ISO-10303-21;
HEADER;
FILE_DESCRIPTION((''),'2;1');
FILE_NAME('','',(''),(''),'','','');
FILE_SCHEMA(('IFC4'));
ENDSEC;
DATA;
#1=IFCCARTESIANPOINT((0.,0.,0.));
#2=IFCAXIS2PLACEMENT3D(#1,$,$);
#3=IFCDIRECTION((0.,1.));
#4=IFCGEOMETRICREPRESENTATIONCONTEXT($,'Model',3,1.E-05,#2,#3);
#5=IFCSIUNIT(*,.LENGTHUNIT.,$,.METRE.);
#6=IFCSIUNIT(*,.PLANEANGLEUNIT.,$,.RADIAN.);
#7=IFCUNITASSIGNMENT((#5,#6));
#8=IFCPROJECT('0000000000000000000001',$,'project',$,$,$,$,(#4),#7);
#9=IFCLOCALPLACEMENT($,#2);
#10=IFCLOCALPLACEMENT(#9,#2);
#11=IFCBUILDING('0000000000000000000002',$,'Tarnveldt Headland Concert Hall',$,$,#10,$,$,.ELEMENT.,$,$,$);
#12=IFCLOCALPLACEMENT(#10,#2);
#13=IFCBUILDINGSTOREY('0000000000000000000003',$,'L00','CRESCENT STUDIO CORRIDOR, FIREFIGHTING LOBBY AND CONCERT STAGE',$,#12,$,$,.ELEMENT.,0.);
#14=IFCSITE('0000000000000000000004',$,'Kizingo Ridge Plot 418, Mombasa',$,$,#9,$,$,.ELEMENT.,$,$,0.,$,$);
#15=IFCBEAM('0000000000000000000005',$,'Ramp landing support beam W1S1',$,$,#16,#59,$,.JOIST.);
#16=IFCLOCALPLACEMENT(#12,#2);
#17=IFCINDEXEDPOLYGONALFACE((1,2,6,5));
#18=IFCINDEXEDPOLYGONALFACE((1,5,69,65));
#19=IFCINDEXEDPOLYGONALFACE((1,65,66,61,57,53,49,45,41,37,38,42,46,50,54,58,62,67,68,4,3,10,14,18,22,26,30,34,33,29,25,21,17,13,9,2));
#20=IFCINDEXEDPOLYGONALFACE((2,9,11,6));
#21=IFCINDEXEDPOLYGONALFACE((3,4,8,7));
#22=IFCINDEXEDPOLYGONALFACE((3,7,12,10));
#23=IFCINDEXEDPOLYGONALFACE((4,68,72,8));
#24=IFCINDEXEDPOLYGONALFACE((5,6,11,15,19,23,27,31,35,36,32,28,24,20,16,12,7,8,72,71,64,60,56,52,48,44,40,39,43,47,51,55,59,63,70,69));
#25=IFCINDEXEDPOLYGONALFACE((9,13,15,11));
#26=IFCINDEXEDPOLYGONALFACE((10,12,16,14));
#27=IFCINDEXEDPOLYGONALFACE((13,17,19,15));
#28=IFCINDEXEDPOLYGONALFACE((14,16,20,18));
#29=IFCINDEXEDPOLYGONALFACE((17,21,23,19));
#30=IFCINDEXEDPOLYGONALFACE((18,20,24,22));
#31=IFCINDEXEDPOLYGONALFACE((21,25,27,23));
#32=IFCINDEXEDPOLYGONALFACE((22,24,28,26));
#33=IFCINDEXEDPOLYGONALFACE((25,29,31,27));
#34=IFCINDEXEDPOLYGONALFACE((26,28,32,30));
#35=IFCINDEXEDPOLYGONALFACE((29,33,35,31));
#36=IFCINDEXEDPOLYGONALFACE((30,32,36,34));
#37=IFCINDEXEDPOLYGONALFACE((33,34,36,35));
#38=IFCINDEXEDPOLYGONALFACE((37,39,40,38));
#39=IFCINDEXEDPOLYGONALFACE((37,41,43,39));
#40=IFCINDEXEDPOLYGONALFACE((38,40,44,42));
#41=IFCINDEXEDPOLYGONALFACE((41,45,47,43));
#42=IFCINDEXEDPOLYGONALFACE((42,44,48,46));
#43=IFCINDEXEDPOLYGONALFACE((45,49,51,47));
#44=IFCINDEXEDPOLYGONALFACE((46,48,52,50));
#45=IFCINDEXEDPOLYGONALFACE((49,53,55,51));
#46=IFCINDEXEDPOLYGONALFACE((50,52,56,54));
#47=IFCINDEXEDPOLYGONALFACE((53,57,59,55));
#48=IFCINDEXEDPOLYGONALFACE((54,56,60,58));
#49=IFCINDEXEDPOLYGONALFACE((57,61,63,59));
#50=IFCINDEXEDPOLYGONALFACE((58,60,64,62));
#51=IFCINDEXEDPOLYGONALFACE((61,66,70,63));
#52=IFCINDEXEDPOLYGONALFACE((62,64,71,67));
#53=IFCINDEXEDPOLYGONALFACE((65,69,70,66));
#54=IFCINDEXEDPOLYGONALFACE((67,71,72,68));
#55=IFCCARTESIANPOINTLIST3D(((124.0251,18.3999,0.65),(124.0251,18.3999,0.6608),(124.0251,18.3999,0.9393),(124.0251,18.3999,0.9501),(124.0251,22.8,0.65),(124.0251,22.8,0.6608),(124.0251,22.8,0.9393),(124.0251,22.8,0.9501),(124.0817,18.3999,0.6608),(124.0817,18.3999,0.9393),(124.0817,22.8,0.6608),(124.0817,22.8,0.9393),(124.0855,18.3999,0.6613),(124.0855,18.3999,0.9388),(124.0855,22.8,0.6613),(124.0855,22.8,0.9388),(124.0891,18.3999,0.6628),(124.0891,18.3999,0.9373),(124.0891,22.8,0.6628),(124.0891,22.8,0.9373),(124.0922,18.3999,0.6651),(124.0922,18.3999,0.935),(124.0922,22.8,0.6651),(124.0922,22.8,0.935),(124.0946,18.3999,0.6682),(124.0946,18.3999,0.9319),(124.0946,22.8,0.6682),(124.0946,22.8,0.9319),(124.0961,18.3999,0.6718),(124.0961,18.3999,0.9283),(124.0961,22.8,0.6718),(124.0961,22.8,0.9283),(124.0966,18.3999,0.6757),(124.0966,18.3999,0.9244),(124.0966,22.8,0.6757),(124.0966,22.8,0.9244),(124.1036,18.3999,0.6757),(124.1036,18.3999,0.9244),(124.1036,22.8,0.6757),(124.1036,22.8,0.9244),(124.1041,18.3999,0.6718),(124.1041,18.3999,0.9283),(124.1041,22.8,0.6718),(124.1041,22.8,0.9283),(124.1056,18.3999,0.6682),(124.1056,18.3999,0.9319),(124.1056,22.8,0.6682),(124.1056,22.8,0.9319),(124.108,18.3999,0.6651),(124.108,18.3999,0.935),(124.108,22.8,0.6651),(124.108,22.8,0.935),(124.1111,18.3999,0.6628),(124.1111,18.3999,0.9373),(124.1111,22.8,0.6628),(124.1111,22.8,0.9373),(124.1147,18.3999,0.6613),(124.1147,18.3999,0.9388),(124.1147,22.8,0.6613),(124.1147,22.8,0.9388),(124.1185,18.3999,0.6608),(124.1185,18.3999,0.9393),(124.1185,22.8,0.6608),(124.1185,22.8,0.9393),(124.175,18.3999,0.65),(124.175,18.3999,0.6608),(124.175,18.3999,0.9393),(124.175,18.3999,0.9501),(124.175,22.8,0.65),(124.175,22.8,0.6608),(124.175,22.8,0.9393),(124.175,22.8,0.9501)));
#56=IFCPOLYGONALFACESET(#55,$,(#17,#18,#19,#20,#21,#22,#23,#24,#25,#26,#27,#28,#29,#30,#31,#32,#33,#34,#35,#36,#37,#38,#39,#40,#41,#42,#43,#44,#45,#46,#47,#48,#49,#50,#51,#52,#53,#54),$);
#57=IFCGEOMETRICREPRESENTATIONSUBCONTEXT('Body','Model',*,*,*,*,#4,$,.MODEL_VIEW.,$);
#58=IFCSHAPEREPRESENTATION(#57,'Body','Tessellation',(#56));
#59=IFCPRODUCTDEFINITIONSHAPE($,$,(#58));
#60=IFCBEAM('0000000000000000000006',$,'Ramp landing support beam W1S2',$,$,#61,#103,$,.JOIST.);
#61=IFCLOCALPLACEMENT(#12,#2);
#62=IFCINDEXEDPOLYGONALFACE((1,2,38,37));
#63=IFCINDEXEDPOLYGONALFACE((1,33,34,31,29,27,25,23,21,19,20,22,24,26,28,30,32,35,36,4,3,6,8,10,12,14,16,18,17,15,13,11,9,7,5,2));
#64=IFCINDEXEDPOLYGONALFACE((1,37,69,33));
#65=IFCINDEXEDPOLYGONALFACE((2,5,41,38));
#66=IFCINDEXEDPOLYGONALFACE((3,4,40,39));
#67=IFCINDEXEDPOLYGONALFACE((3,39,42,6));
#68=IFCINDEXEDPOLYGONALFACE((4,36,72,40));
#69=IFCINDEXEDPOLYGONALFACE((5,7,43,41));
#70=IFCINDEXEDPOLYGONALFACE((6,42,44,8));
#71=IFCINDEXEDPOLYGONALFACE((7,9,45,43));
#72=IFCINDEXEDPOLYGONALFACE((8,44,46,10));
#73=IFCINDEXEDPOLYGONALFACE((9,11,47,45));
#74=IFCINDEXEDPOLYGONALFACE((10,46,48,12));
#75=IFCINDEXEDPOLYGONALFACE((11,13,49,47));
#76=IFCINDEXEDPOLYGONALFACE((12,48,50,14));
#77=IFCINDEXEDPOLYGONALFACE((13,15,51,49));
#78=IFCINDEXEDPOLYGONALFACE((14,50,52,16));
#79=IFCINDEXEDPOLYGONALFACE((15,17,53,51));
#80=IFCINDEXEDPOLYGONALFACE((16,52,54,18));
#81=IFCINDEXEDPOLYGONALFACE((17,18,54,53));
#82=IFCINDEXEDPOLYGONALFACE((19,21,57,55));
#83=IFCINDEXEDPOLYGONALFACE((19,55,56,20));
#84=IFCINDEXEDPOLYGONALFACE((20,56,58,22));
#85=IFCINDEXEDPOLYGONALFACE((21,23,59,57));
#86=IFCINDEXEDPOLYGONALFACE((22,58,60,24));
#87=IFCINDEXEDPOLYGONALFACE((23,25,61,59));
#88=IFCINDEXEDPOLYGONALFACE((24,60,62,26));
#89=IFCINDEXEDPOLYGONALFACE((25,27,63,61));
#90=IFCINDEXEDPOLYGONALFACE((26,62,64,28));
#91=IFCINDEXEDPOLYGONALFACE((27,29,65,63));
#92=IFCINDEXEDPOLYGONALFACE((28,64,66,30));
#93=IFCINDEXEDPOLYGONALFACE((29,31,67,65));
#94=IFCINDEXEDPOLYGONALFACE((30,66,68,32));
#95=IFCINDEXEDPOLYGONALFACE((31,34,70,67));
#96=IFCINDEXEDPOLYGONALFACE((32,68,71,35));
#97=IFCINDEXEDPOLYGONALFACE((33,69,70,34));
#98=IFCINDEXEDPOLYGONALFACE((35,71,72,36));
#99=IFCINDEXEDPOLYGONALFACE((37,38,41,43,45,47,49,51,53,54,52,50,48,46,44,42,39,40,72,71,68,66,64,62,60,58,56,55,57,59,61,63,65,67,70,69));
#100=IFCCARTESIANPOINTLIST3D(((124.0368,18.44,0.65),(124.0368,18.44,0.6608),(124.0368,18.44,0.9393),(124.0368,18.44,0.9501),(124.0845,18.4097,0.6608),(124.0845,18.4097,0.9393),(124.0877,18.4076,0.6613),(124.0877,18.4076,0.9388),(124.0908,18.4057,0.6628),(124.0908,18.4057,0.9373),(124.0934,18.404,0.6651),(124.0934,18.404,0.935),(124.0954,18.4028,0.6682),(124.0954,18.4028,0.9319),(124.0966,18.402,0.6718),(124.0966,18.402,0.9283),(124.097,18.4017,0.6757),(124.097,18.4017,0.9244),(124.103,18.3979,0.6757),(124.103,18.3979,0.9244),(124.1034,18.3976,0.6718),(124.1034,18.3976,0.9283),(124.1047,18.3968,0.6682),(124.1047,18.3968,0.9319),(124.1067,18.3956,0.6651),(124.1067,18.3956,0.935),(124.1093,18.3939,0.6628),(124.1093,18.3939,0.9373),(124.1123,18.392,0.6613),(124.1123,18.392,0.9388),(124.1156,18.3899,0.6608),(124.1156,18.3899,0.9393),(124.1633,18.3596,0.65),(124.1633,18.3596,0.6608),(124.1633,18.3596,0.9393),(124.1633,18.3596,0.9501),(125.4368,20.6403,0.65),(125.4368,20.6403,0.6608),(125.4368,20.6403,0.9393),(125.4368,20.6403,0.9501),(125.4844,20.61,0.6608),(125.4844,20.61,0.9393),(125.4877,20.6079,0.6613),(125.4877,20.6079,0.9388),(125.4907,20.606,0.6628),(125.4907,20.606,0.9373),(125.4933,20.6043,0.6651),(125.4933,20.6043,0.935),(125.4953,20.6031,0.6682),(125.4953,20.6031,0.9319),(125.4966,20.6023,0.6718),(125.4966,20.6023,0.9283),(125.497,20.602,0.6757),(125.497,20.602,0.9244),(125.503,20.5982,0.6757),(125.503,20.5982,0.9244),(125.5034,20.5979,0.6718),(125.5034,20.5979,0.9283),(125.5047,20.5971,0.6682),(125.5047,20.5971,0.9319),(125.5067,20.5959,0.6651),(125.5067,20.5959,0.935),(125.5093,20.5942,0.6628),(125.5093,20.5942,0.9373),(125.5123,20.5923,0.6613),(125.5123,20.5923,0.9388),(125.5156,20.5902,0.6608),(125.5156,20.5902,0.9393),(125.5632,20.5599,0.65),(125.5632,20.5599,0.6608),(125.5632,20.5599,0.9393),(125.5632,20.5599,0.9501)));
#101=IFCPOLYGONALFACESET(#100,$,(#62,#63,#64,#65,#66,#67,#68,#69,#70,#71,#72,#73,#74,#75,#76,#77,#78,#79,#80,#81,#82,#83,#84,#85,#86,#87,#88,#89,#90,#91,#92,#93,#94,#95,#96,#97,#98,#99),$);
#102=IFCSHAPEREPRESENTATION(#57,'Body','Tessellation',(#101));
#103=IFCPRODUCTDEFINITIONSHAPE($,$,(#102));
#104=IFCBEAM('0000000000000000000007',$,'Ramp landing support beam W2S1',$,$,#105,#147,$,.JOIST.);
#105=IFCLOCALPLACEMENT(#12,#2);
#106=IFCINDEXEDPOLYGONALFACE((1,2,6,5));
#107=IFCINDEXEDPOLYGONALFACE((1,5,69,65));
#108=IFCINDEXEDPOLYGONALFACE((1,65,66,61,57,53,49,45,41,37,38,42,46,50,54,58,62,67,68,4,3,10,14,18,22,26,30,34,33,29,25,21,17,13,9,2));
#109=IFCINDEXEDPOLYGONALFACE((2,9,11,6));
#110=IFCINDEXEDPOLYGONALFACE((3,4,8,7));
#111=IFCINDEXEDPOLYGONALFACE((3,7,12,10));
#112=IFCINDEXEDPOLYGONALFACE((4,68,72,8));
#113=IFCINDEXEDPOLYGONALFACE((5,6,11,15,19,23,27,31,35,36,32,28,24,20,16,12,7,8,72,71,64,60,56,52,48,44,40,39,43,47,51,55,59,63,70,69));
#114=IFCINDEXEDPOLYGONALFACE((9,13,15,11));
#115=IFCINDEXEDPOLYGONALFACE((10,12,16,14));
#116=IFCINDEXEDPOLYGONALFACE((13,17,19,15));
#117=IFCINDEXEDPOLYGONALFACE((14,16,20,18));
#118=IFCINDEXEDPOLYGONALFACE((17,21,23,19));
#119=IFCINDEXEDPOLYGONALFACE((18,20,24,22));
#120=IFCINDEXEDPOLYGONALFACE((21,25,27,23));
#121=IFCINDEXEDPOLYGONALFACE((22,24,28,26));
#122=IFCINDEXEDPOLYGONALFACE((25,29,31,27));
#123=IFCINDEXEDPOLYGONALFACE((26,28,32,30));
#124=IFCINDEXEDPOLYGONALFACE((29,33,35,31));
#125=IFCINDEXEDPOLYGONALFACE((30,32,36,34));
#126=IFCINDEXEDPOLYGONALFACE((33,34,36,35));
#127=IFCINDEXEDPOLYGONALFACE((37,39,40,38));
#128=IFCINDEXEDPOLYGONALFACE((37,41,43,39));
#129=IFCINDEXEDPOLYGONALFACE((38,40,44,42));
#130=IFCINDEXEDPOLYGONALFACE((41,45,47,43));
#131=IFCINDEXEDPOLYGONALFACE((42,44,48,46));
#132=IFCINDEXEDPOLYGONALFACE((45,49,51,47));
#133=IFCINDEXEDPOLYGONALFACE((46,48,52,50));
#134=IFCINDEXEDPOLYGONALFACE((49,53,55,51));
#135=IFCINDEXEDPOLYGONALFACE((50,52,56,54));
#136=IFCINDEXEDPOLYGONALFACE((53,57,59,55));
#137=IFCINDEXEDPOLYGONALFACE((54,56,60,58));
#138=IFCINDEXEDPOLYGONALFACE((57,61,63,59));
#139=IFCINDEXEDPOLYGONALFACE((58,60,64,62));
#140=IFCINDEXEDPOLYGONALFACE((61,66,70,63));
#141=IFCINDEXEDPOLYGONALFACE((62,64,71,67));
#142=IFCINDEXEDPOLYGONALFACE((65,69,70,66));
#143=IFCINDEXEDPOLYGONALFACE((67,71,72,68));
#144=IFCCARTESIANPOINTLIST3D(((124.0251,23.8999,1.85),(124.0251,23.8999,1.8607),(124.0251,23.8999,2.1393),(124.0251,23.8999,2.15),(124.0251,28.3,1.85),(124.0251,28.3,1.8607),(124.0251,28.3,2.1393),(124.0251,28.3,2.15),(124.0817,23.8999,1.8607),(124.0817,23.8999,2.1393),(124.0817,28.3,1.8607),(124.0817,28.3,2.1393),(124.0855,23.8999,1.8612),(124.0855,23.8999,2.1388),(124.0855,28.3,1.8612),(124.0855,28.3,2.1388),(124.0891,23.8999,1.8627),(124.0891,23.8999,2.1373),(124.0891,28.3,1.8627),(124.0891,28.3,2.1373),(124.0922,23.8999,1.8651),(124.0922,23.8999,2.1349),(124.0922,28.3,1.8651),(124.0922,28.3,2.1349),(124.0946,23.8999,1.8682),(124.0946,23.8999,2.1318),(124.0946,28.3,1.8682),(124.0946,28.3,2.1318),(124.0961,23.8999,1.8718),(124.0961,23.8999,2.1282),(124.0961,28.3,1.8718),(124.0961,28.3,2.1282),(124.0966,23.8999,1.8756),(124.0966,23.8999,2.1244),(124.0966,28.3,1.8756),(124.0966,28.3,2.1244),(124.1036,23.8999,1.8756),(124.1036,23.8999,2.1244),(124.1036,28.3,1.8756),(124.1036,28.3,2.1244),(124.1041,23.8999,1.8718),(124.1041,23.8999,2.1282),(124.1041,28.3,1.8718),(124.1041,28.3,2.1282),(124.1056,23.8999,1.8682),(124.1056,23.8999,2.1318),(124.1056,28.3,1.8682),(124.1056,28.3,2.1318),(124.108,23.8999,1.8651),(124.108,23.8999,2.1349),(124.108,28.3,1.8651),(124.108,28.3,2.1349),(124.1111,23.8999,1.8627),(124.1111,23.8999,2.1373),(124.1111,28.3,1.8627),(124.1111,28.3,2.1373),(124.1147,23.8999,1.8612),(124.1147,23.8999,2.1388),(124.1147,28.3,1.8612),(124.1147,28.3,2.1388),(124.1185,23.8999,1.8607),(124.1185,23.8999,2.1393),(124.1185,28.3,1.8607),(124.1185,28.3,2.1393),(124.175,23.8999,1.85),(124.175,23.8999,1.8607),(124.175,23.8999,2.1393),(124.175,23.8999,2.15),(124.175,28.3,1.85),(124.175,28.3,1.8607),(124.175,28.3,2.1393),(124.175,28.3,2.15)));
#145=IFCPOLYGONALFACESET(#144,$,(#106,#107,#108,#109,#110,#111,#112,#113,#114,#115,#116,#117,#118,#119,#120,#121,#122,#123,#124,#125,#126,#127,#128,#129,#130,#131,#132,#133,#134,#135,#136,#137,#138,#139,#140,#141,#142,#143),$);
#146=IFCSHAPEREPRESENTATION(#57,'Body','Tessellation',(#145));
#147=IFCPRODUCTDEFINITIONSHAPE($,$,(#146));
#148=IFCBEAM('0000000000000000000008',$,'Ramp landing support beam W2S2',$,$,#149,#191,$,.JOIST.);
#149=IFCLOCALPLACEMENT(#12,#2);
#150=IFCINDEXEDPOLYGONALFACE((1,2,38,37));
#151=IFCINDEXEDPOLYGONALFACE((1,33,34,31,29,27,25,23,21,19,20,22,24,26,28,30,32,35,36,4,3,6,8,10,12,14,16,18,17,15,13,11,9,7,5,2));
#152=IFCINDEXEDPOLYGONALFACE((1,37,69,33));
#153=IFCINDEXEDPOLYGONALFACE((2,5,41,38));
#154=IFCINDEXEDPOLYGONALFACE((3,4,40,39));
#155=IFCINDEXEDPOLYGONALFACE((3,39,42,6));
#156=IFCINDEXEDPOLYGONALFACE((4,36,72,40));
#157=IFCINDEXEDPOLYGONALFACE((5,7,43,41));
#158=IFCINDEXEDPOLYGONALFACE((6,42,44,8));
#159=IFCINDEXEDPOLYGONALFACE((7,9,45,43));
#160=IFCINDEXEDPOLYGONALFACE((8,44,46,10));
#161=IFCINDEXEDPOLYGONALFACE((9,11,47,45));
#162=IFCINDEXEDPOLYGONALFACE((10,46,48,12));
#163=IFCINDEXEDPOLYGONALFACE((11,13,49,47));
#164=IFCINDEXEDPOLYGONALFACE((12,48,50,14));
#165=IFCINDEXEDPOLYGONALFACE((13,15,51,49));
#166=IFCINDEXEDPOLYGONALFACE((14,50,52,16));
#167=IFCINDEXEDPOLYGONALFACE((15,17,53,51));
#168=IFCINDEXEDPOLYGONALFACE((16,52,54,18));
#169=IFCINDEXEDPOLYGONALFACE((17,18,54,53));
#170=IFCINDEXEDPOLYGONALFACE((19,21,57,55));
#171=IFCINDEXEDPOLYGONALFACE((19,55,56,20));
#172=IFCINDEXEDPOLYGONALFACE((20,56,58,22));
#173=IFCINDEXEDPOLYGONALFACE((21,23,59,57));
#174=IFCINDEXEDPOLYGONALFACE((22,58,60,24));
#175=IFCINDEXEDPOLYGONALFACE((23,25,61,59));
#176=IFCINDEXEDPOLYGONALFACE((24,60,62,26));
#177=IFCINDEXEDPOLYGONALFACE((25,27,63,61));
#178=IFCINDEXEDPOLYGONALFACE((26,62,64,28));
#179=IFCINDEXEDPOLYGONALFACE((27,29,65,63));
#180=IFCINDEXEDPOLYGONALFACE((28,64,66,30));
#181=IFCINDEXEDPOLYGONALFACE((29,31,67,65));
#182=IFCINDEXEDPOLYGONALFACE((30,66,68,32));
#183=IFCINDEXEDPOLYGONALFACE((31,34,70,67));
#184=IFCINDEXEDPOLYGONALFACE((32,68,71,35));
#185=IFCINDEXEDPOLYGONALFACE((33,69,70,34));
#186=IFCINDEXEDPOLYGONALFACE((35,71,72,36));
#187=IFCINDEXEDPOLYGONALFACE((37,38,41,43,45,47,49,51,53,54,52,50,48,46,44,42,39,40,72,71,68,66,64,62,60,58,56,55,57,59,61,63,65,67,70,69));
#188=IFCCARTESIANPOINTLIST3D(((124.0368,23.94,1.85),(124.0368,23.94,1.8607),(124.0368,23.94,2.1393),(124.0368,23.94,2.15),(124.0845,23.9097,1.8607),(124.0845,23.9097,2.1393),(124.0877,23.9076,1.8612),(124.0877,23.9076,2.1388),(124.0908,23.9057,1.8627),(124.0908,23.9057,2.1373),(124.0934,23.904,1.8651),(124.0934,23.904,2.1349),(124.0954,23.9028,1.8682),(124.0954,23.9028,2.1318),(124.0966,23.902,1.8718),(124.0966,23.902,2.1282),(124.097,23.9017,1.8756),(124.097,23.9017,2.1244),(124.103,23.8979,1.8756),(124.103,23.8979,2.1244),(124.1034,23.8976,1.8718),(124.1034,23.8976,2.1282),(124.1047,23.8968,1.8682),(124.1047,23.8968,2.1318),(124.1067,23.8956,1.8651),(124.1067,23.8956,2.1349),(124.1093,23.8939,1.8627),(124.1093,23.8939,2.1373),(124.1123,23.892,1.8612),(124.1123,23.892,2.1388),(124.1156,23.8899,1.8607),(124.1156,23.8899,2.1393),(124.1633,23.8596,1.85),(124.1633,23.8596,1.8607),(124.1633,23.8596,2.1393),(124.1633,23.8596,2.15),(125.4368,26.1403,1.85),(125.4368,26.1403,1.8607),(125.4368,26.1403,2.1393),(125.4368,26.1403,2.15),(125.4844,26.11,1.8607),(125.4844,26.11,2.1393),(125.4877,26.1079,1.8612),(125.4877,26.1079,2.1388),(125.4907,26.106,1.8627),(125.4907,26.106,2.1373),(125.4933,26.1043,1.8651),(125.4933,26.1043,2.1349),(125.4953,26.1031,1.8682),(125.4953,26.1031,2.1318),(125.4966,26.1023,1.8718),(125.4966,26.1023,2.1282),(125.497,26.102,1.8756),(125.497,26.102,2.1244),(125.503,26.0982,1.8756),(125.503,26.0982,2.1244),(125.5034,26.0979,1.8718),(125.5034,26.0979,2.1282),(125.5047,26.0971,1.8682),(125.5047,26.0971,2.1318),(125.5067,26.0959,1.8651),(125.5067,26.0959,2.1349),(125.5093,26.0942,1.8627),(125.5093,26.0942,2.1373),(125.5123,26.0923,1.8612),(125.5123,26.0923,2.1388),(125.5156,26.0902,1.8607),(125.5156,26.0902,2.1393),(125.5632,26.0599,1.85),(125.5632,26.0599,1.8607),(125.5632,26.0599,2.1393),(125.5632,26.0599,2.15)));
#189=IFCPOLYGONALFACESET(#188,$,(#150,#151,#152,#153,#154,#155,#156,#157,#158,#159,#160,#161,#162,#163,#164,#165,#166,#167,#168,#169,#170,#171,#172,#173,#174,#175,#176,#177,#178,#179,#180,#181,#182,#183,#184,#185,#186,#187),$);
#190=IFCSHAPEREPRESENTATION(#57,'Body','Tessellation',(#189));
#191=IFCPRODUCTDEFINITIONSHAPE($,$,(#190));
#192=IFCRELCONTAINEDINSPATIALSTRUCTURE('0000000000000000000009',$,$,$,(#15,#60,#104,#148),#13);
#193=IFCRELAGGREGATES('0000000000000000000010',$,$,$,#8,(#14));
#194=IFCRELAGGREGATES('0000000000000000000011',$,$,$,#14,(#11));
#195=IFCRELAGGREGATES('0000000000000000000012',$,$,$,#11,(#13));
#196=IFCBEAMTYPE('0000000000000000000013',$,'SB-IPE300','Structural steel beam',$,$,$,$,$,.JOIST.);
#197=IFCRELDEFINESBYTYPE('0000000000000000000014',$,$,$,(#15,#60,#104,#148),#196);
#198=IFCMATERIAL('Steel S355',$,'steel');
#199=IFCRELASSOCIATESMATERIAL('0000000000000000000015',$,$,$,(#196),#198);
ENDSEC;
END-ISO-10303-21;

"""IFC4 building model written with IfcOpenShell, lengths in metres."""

from ifc_helpers import new_model, si_unit, direction, frame, origin, origin_2d, place, context, subcontext, project, spatial, i_section, extrude, material, material_profile, profile_set, type_object, element, save


model = new_model("IFC4")

# Units and contexts
model_context = context("Model", 3, precision=1e-05, world=origin(), true_north=direction((0.0, 1.0)))
body_context = subcontext(model_context, "Body", "Model", "MODEL_VIEW")
ifc_project = project(units=[si_unit("LENGTHUNIT", "METRE"), si_unit("PLANEANGLEUNIT", "RADIAN")], contexts=[model_context])

# Site, building, storey
site_placement = place(None, origin())
site = spatial("IfcSite", under=ifc_project, at=site_placement, Name="Kizingo Ridge Plot 418, Mombasa", CompositionType="ELEMENT", RefElevation=0.0)
building_placement = place(site_placement, origin())
building = spatial("IfcBuilding", under=site, at=building_placement, Name="Tarnveldt Headland Concert Hall", CompositionType="ELEMENT")
storey_placement = place(building_placement, origin())
storey = spatial("IfcBuildingStorey", under=building, at=storey_placement, Name="L00", Description="CRESCENT STUDIO CORRIDOR, FIREFIGHTING LOBBY AND CONCERT STAGE", CompositionType="ELEMENT", Elevation=0.0)

# Shared definitions
ifc_material_1 = material(Name="Steel S355", Category="steel")

# Beams
ifc_material_profile_1 = material_profile(ifc_material_1, i_section(OverallWidth=0.1499, OverallDepth=0.3, WebThickness=0.0071, FlangeThickness=0.0107, FilletRadius=0.0149, at=origin_2d()), Name="IPE300", Category="steel")
ifc_profile_set_1 = profile_set([ifc_material_profile_1], Name="Steel S355")
beam_type = type_object("IfcBeamType", Name="SB-IPE300", Description="Structural steel beam", PredefinedType="JOIST", material=ifc_profile_set_1)
beam_1_placement = place(storey_placement, frame((124.1001, 18.3999, 0.8), z_axis=(0.0, 1.0, 0.0), x_axis=(-1.0, 0.0, 0.0)))
element("IfcBeam", 1, at=beam_1_placement, inside=storey, type_object=beam_type, Name="Ramp landing support beam W1S1", PredefinedType="JOIST", context=body_context, shape_type="SweptSolid", body=[
    extrude(i_section(OverallWidth=0.1499, OverallDepth=0.3, WebThickness=0.0071, FlangeThickness=0.0107, FilletRadius=0.0149, at=origin_2d()), origin(), (0.0, 0.0, 1.0), 4.4001),
])
beam_2_placement = place(storey_placement, frame((125.5, 20.6001, 0.8), z_axis=(-0.536815, -0.8437, 0.0), x_axis=(0.8437, -0.536815, 0.0)))
element("IfcBeam", 2, at=beam_2_placement, inside=storey, type_object=beam_type, Name="Ramp landing support beam W1S2", PredefinedType="JOIST", context=body_context, shape_type="SweptSolid", body=[
    extrude(i_section(OverallWidth=0.1499, OverallDepth=0.3, WebThickness=0.0071, FlangeThickness=0.0107, FilletRadius=0.0149, at=origin_2d()), origin(), (0.0, 0.0, 1.0), 2.6079),
])
beam_3_placement = place(storey_placement, frame((124.1001, 23.8999, 2.0), z_axis=(0.0, 1.0, 0.0), x_axis=(-1.0, 0.0, 0.0)))
element("IfcBeam", 3, at=beam_3_placement, inside=storey, type_object=beam_type, Name="Ramp landing support beam W2S1", PredefinedType="JOIST", context=body_context, shape_type="SweptSolid", body=[
    extrude(i_section(OverallWidth=0.1499, OverallDepth=0.3, WebThickness=0.0071, FlangeThickness=0.0107, FilletRadius=0.0149, at=origin_2d()), origin(), (0.0, 0.0, 1.0), 4.4001),
])
beam_4_placement = place(storey_placement, frame((125.5, 26.1001, 2.0), z_axis=(-0.536815, -0.8437, 0.0), x_axis=(0.8437, -0.536815, 0.0)))
element("IfcBeam", 4, at=beam_4_placement, inside=storey, type_object=beam_type, Name="Ramp landing support beam W2S2", PredefinedType="JOIST", context=body_context, shape_type="SweptSolid", body=[
    extrude(i_section(OverallWidth=0.1499, OverallDepth=0.3, WebThickness=0.0071, FlangeThickness=0.0107, FilletRadius=0.0149, at=origin_2d()), origin(), (0.0, 0.0, 1.0), 2.6079),
])

save(model, "model.ifc")
